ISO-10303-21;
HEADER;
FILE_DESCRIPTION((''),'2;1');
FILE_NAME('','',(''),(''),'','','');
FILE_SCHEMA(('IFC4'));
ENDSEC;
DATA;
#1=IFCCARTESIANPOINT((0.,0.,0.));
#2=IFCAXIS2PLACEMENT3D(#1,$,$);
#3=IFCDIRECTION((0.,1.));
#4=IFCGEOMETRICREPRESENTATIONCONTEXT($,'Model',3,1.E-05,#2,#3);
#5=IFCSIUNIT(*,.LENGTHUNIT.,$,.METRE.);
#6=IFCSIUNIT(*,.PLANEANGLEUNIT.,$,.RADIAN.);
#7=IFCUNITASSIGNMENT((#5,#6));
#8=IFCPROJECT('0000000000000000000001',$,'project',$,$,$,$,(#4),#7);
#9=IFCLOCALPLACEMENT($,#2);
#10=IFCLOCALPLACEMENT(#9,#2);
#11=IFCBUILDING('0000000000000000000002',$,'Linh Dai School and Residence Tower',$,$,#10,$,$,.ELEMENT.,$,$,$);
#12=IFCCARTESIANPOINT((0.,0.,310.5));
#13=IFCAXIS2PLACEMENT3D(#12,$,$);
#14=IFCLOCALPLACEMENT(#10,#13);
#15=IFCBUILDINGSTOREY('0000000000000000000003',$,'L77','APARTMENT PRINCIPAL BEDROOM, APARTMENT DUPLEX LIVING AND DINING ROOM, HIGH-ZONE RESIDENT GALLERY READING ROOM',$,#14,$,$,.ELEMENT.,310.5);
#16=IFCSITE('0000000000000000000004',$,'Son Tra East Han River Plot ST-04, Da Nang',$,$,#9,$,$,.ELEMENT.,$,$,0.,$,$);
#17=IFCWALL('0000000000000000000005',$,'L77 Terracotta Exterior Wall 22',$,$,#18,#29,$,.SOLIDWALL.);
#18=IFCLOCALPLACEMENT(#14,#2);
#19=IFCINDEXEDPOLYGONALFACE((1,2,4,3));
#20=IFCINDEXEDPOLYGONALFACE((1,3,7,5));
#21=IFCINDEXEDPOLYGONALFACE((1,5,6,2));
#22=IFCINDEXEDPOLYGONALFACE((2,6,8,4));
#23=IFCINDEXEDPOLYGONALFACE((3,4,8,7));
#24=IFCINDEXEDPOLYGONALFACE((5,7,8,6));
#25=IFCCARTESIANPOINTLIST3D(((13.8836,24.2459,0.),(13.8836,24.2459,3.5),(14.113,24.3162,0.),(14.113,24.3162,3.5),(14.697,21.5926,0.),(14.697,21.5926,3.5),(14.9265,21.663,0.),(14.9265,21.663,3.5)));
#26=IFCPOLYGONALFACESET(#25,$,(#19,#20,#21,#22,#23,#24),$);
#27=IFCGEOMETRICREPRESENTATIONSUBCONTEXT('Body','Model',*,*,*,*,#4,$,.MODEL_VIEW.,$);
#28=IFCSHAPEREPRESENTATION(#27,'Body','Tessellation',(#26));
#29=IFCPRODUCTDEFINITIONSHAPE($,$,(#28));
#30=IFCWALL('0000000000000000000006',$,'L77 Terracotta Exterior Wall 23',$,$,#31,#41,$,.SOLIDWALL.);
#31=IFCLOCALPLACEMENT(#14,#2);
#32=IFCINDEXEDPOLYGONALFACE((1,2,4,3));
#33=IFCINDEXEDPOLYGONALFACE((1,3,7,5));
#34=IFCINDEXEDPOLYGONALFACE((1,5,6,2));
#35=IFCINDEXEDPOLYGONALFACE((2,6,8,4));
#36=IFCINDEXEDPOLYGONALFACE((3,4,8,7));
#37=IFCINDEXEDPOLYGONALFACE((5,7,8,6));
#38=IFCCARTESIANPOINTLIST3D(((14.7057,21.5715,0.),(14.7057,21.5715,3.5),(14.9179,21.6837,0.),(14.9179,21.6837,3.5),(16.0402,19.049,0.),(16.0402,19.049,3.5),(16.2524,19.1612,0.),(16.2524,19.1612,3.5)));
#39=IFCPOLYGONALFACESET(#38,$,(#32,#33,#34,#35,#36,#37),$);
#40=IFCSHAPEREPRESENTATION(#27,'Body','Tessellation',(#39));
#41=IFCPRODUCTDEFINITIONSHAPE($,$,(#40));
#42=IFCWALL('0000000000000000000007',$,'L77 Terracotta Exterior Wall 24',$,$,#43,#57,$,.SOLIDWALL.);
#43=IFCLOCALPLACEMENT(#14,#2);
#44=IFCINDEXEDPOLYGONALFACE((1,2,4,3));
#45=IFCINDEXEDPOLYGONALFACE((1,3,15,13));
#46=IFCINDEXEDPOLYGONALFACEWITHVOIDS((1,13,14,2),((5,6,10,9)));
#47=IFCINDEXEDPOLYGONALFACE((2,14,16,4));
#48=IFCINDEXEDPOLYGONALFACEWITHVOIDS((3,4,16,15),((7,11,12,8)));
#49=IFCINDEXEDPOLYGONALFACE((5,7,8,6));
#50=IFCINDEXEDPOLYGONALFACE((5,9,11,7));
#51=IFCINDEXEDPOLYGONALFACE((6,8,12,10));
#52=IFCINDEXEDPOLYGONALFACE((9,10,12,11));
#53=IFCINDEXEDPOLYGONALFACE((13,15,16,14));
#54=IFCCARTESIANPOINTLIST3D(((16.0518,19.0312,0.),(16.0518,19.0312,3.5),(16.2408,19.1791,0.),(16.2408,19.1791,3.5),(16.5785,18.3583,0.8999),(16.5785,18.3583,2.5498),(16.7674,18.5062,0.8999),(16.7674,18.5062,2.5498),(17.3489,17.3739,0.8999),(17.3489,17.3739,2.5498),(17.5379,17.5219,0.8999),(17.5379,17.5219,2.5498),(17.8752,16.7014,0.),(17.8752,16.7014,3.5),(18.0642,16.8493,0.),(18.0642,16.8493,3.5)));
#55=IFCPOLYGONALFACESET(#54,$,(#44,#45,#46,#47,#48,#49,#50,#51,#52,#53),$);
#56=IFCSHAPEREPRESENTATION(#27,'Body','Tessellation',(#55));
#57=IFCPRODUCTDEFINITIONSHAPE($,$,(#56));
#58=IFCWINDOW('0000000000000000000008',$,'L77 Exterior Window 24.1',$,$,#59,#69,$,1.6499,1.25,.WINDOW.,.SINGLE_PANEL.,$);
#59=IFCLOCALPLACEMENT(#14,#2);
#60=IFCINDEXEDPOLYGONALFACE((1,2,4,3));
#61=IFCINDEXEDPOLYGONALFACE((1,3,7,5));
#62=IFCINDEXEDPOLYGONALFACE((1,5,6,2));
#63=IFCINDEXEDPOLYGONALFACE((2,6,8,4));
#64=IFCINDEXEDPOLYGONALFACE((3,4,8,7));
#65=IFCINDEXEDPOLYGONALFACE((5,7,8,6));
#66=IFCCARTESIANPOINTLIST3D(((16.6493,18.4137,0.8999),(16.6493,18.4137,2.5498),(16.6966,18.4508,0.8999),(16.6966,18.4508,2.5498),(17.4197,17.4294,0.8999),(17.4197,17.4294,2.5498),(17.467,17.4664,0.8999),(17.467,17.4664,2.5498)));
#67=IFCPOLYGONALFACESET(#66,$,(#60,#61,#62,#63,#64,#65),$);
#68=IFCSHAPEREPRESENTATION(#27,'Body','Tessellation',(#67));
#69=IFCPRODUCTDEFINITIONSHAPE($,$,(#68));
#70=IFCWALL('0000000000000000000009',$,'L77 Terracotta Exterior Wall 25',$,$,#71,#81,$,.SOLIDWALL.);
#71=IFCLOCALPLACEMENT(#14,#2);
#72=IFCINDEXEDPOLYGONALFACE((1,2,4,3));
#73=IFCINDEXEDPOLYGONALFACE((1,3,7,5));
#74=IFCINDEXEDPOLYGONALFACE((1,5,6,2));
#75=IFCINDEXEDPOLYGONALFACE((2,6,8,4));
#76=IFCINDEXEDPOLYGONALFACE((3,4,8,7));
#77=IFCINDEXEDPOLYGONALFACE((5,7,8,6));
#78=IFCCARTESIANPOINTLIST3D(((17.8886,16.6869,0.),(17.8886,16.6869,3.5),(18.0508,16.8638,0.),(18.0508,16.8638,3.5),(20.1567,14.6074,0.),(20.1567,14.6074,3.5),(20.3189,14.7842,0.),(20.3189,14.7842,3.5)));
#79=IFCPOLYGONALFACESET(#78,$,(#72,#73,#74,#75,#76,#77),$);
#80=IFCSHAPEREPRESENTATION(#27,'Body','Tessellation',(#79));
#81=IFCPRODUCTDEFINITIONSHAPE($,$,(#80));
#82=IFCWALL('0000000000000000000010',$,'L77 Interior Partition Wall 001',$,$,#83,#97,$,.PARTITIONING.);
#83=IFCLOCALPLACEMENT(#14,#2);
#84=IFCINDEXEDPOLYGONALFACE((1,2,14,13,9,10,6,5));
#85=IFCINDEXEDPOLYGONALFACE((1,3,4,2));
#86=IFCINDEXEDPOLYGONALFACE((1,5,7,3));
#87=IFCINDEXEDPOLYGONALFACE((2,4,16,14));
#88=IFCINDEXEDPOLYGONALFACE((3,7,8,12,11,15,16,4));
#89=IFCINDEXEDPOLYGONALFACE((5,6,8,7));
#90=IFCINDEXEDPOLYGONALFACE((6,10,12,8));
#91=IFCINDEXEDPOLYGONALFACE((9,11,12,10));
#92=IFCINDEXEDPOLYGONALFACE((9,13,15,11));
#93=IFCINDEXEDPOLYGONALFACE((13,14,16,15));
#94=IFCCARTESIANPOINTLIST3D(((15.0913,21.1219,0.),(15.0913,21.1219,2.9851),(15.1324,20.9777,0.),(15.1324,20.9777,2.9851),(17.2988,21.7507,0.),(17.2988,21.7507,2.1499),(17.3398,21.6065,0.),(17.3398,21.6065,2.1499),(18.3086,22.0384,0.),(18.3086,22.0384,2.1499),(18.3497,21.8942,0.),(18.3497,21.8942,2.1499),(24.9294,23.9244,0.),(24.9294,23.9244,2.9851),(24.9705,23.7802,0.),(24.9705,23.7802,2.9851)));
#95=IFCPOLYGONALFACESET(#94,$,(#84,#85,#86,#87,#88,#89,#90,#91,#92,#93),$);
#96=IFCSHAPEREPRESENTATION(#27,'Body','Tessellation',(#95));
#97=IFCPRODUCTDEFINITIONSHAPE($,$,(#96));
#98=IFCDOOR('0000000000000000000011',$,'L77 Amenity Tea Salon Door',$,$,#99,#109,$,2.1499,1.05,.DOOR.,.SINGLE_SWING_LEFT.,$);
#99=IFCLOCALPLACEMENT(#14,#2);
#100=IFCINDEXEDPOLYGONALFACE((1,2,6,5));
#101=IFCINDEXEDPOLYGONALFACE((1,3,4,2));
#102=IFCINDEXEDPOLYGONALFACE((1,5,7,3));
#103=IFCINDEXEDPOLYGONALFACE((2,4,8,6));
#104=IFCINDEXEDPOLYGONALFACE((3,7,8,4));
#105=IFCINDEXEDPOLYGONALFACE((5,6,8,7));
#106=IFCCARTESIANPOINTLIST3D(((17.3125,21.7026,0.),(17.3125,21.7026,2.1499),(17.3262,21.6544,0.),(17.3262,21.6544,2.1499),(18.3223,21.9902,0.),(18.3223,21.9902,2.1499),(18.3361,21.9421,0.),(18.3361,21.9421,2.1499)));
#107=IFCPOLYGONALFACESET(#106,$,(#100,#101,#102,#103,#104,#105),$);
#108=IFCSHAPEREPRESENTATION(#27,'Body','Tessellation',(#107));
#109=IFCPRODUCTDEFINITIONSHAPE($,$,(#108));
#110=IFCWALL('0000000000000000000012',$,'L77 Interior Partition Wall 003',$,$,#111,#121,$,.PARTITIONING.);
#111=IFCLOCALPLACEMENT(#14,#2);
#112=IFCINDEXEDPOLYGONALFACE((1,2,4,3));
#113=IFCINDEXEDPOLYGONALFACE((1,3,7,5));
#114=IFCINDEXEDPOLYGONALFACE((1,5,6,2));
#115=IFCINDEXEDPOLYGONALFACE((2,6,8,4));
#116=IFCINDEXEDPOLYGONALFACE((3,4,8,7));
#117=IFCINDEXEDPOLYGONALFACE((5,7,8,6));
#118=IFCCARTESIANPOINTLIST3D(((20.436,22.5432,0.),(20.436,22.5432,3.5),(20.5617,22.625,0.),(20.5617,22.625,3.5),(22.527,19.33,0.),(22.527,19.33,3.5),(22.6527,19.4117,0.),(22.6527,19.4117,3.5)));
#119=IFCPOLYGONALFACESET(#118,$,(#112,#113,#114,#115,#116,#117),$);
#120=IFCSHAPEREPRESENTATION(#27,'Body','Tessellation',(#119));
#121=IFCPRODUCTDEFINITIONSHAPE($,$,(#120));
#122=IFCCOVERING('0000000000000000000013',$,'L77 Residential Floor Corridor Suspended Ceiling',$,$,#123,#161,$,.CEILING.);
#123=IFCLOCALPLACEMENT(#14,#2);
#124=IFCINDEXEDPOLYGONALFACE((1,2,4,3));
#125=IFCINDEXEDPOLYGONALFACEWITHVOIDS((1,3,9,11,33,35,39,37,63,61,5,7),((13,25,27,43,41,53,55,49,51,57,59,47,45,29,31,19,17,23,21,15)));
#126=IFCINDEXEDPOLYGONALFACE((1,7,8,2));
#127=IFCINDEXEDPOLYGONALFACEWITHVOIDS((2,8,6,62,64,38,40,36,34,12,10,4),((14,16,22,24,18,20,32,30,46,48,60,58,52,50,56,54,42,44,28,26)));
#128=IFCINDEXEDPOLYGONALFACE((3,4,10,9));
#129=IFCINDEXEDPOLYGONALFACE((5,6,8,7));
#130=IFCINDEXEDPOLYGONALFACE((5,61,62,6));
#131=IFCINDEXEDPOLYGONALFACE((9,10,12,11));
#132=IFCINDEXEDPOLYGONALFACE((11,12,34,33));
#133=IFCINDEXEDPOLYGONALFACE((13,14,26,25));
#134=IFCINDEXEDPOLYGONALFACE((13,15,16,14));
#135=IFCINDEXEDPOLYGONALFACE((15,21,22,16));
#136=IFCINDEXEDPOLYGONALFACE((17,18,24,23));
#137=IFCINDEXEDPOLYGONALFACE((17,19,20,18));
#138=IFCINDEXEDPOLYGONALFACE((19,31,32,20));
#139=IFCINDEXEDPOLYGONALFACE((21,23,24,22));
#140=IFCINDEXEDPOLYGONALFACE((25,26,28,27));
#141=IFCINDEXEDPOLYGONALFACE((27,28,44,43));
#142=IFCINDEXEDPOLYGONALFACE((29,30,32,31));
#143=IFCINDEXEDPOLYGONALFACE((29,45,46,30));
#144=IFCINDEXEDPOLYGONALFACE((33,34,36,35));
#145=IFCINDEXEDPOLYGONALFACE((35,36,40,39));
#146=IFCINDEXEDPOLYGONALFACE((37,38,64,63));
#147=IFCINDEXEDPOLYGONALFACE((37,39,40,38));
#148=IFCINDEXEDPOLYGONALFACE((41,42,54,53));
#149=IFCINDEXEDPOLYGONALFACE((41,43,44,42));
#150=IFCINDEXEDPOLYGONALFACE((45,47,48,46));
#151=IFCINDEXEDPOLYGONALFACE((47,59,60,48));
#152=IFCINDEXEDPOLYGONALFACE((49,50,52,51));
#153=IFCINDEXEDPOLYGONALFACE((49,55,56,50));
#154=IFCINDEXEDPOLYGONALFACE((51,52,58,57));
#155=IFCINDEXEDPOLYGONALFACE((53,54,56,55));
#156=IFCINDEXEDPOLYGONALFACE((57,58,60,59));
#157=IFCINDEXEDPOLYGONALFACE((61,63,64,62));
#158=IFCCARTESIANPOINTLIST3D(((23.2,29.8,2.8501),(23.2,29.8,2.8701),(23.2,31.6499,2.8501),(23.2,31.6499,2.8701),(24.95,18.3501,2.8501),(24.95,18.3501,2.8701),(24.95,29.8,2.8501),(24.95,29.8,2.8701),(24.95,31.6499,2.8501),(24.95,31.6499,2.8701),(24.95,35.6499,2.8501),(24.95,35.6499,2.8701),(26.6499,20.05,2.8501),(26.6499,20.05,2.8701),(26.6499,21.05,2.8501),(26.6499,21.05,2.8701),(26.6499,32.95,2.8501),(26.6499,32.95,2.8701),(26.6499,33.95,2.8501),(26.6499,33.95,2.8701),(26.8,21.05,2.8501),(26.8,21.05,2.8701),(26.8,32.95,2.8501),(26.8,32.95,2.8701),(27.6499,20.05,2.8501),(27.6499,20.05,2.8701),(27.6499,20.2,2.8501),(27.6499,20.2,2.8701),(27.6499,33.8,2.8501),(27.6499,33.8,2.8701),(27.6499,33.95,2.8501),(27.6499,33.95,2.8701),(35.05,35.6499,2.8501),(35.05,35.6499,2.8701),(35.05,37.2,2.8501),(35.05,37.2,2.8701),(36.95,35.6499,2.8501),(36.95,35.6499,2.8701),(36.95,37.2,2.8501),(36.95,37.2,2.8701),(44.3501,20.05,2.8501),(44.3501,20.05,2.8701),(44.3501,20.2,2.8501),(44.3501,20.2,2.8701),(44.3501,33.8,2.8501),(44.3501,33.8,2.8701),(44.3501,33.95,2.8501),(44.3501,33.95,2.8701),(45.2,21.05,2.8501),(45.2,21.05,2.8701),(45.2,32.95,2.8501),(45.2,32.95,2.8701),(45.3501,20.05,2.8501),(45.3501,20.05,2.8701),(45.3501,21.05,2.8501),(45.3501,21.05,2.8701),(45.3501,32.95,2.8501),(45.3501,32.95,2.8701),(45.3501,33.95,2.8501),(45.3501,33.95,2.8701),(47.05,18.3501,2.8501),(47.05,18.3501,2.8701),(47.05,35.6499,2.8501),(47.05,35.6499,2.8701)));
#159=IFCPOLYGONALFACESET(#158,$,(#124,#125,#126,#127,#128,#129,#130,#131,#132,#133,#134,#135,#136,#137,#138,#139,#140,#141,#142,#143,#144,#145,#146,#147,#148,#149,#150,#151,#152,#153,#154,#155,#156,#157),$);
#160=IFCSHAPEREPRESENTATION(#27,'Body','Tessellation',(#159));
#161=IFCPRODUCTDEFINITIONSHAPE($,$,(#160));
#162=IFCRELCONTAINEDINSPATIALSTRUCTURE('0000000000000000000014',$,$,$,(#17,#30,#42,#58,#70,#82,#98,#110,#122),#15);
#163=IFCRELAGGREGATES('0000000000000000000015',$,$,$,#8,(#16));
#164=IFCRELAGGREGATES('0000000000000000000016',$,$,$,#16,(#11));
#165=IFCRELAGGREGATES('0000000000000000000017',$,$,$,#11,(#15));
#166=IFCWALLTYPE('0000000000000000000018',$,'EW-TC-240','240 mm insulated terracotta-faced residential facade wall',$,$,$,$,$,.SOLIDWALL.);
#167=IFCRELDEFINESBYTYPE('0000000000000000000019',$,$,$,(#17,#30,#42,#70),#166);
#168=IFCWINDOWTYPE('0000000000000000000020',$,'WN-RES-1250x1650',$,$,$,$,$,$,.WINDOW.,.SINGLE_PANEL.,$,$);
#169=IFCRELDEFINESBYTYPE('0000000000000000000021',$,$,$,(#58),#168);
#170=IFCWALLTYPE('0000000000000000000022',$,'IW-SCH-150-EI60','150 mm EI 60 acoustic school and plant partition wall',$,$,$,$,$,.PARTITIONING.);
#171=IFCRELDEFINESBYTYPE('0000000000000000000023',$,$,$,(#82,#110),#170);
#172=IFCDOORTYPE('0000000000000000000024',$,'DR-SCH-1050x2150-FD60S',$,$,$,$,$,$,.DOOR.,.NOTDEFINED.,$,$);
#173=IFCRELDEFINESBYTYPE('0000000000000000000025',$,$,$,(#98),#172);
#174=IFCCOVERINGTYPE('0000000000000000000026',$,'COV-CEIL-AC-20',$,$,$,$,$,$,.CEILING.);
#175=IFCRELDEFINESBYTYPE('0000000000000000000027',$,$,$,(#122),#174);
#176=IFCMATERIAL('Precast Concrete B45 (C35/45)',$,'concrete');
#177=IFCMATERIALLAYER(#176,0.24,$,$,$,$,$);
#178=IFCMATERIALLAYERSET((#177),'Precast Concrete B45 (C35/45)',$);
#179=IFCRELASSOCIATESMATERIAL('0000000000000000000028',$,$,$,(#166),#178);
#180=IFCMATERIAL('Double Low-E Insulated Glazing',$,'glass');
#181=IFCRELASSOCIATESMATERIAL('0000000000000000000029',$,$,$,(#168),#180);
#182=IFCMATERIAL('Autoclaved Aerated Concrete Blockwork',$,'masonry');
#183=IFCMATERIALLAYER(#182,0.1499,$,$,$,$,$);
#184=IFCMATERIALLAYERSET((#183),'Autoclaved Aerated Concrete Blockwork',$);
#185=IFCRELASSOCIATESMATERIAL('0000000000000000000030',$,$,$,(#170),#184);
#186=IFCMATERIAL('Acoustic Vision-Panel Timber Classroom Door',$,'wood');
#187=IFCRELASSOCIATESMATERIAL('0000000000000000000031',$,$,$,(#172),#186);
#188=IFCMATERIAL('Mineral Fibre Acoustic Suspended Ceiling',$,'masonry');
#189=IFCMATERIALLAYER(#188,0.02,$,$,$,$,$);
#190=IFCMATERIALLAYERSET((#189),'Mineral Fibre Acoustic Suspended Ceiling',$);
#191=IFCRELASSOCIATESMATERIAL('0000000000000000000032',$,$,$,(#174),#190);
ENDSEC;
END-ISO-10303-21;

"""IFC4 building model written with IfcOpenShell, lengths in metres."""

from ifc_helpers import new_model, si_unit, direction, frame, frame_2d, origin, origin_2d, place, context, subcontext, project, spatial, polyline, rectangle, outline, extrude, source, transform, mapped, material, layer, layer_set, type_object, element, fill, save


model = new_model("IFC4")

# Units and contexts
model_context = context("Model", 3, precision=1e-05, world=origin(), true_north=direction((0.0, 1.0)))
body_context = subcontext(model_context, "Body", "Model", "MODEL_VIEW")
ifc_project = project(units=[si_unit("LENGTHUNIT", "METRE"), si_unit("PLANEANGLEUNIT", "RADIAN")], contexts=[model_context])

# Site, building, storey
site_placement = place(None, origin())
site = spatial("IfcSite", under=ifc_project, at=site_placement, Name="Son Tra East Han River Plot ST-04, Da Nang", CompositionType="ELEMENT", RefElevation=0.0)
building_placement = place(site_placement, origin())
building = spatial("IfcBuilding", under=site, at=building_placement, Name="Linh Dai School and Residence Tower", CompositionType="ELEMENT")
storey_placement = place(building_placement, frame((0.0, 0.0, 310.5)))
storey = spatial("IfcBuildingStorey", under=building, at=storey_placement, Name="L77", Description="APARTMENT PRINCIPAL BEDROOM, APARTMENT DUPLEX LIVING AND DINING ROOM, HIGH-ZONE RESIDENT GALLERY READING ROOM", CompositionType="ELEMENT", Elevation=310.5)

# Shared definitions
ifc_material_1 = material(Name="Precast Concrete B45 (C35/45)", Category="concrete")

# Walls
ifc_layer_1 = layer(ifc_material_1, 0.24)
ifc_layer_set_1 = layer_set([ifc_layer_1], Name="Precast Concrete B45 (C35/45)")
wall_type_1 = type_object("IfcWallType", Name="EW-TC-240", Description="240 mm insulated terracotta-faced residential facade wall", PredefinedType="SOLIDWALL", material=ifc_layer_set_1)
wall_1_placement = place(storey_placement, frame((14.8118, 21.6277, 0.0), z_axis=(0.0, 0.0, 1.0), x_axis=(-0.293121, 0.956075, 0.0)))
element("IfcWall", 1, at=wall_1_placement, inside=storey, type_object=wall_type_1, Name="L77 Terracotta Exterior Wall 22", PredefinedType="SOLIDWALL", context=body_context, shape_type="SweptSolid", body=[
    extrude(rectangle(XDim=2.7751, YDim=0.24, at=frame_2d((1.3877, 0.0))), origin(), (0.0, 0.0, 1.0), 3.5),
])
wall_2_placement = place(storey_placement, frame((16.1462, 19.1052, 0.0), z_axis=(0.0, 0.0, 1.0), x_axis=(-0.467628, 0.883925, 0.0)))
element("IfcWall", 2, at=wall_2_placement, inside=storey, type_object=wall_type_1, Name="L77 Terracotta Exterior Wall 23", PredefinedType="SOLIDWALL", context=body_context, shape_type="SweptSolid", body=[
    extrude(rectangle(XDim=2.8538, YDim=0.24, at=frame_2d((1.4268, 0.0))), origin(), (0.0, 0.0, 1.0), 3.5),
])

# Wall, opening, window
wall_3_placement = place(storey_placement, frame((17.9697, 16.7754, 0.0), z_axis=(0.0, 0.0, 1.0), x_axis=(-0.616337, 0.787482, 0.0)))
wall_3 = element("IfcWall", 3, at=wall_3_placement, inside=storey, type_object=wall_type_1, Name="L77 Terracotta Exterior Wall 24", PredefinedType="SOLIDWALL", context=body_context, shape_type="SweptSolid", body=[
    extrude(rectangle(XDim=2.9585, YDim=0.24, at=frame_2d((1.4792, 0.0))), origin(), (0.0, 0.0, 1.0), 3.5),
])
opening_1_placement = place(wall_3_placement, frame((0.854, 0.0, 0.8999)))
opening_1 = element("IfcOpeningElement", 4, at=opening_1_placement, cuts=wall_3, PredefinedType="OPENING", context=body_context, shape_type="SweptSolid", body=[
    extrude(rectangle(XDim=1.25, YDim=1.6499, at=origin_2d()), frame((0.625, 0.1299, 0.825), z_axis=(0.0, -1.0, 0.0), x_axis=(1.0, 0.0, 0.0)), (0.0, 0.0, 1.0), 0.26),
])
ifc_material_2 = material(Name="Double Low-E Insulated Glazing", Category="glass")
window_type = type_object("IfcWindowType", Name="WN-RES-1250x1650", PartitioningType="SINGLE_PANEL", PredefinedType="WINDOW", material=ifc_material_2)
shared_shape_1 = source(origin(), body_context, "Body", "SweptSolid", [
    extrude(rectangle(XDim=1.25, YDim=1.6499, at=origin_2d()), frame((0.625, 0.03, 0.825), z_axis=(0.0, -1.0, 0.0), x_axis=(1.0, 0.0, 0.0)), (0.0, 0.0, 1.0), 0.0601),
])
window_placement = place(opening_1_placement, origin())
window = element("IfcWindow", 5, at=window_placement, inside=storey, type_object=window_type, Name="L77 Exterior Window 24.1", OverallHeight=1.6499, OverallWidth=1.25, PartitioningType="SINGLE_PANEL", PredefinedType="WINDOW", context=body_context, shape_type="MappedRepresentation", body=[
    mapped(shared_shape_1, transform((0.0, 0.0, 0.0), x_axis=(1.0, 0.0, 0.0), y_axis=(0.0, 1.0, 0.0), z_axis=(0.0, 0.0, 1.0), scale=1.0)),
])
fill(opening_1, window)

# Wall
wall_4_placement = place(storey_placement, frame((20.2378, 14.6958, 0.0), z_axis=(0.0, 0.0, 1.0), x_axis=(-0.737069, 0.675818, 0.0)))
element("IfcWall", 6, at=wall_4_placement, inside=storey, type_object=wall_type_1, Name="L77 Terracotta Exterior Wall 25", PredefinedType="SOLIDWALL", context=body_context, shape_type="SweptSolid", body=[
    extrude(rectangle(XDim=3.0771, YDim=0.24, at=frame_2d((1.5386, 0.0))), origin(), (0.0, 0.0, 1.0), 3.5),
])

# Wall, opening, door
ifc_material_3 = material(Name="Autoclaved Aerated Concrete Blockwork", Category="masonry")
ifc_layer_2 = layer(ifc_material_3, 0.1499)
ifc_layer_set_2 = layer_set([ifc_layer_2], Name="Autoclaved Aerated Concrete Blockwork")
wall_type_2 = type_object("IfcWallType", Name="IW-SCH-150-EI60", Description="150 mm EI 60 acoustic school and plant partition wall", PredefinedType="PARTITIONING", material=ifc_layer_set_2)
wall_5_placement = place(storey_placement, frame((15.1118, 21.0498, 0.0), z_axis=(0.0, 0.0, 1.0), x_axis=(0.961741, 0.273961, 0.0)))
wall_5 = element("IfcWall", 7, at=wall_5_placement, inside=storey, type_object=wall_type_2, Name="L77 Interior Partition Wall 001", PredefinedType="PARTITIONING", context=body_context, shape_type="SweptSolid", body=[
    extrude(rectangle(XDim=10.2295, YDim=0.1499, at=frame_2d((5.1147, 0.0))), origin(), (0.0, 0.0, 1.0), 2.9851),
])
opening_2_placement = place(wall_5_placement, frame((2.2954, 0.0, 0.0)))
opening_2 = element("IfcOpeningElement", 8, at=opening_2_placement, cuts=wall_5, PredefinedType="OPENING", context=body_context, shape_type="SweptSolid", body=[
    extrude(rectangle(XDim=1.05, YDim=2.1499, at=origin_2d()), frame((0.5249, 0.085, 1.075), z_axis=(0.0, -1.0, 0.0), x_axis=(1.0, 0.0, 0.0)), (0.0, 0.0, 1.0), 0.1699),
])
ifc_material_4 = material(Name="Acoustic Vision-Panel Timber Classroom Door", Category="wood")
door_type = type_object("IfcDoorType", Name="DR-SCH-1050x2150-FD60S", OperationType="NOTDEFINED", PredefinedType="DOOR", material=ifc_material_4)
shared_shape_2 = source(origin(), body_context, "Body", "SweptSolid", [
    extrude(rectangle(XDim=1.05, YDim=2.1499, at=origin_2d()), frame((0.5249, 0.0249, 1.075), z_axis=(0.0, -1.0, 0.0), x_axis=(1.0, 0.0, 0.0)), (0.0, 0.0, 1.0), 0.05),
])
door_placement = place(opening_2_placement, origin())
door = element("IfcDoor", 9, at=door_placement, inside=storey, type_object=door_type, Name="L77 Amenity Tea Salon Door", OperationType="SINGLE_SWING_LEFT", OverallHeight=2.1499, OverallWidth=1.05, PredefinedType="DOOR", context=body_context, shape_type="MappedRepresentation", body=[
    mapped(shared_shape_2, transform((0.0, 0.0, 0.0), x_axis=(1.0, 0.0, 0.0), y_axis=(0.0, 1.0, 0.0), z_axis=(0.0, 0.0, 1.0), scale=1.0)),
])
fill(opening_2, door)

# Wall
wall_6_placement = place(storey_placement, frame((20.4988, 22.5842, 0.0), z_axis=(0.0, 0.0, 1.0), x_axis=(0.545423, -0.838161, 0.0)))
element("IfcWall", 10, at=wall_6_placement, inside=storey, type_object=wall_type_2, Name="L77 Interior Partition Wall 003", PredefinedType="PARTITIONING", context=body_context, shape_type="SweptSolid", body=[
    extrude(rectangle(XDim=3.8337, YDim=0.1499, at=frame_2d((1.917, 0.0))), origin(), (0.0, 0.0, 1.0), 3.5),
])

# Covering
ifc_material_5 = material(Name="Mineral Fibre Acoustic Suspended Ceiling", Category="masonry")
ifc_layer_3 = layer(ifc_material_5, 0.02)
ifc_layer_set_3 = layer_set([ifc_layer_3], Name="Mineral Fibre Acoustic Suspended Ceiling")
covering_type_1 = type_object("IfcCoveringType", Name="COV-CEIL-AC-20", PredefinedType="CEILING", material=ifc_layer_set_3)
covering_1_placement = place(storey_placement, frame((0.0, 0.0, 2.8501)))
element("IfcCovering", 11, at=covering_1_placement, inside=storey, type_object=covering_type_1, Name="L77 Residential Floor Corridor Suspended Ceiling", PredefinedType="CEILING", context=body_context, shape_type="SweptSolid", body=[
    extrude(outline(polyline([(23.2, 31.6499), (24.95, 31.6499), (24.95, 35.6499), (35.05, 35.6499), (35.05, 37.2), (36.95, 37.2), (36.95, 35.6499), (47.05, 35.6499), (47.05, 18.3501), (24.95, 18.3501), (24.95, 29.8), (23.2, 29.8), (23.2, 31.6499)]), holes=[polyline([(27.6499, 33.8), (27.6499, 33.95), (26.6499, 33.95), (26.6499, 32.95), (26.8, 32.95), (26.8, 21.05), (26.6499, 21.05), (26.6499, 20.05), (27.6499, 20.05), (27.6499, 20.2), (44.3501, 20.2), (44.3501, 20.05), (45.3501, 20.05), (45.3501, 21.05), (45.2, 21.05), (45.2, 32.95), (45.3501, 32.95), (45.3501, 33.95), (44.3501, 33.95), (44.3501, 33.8), (27.6499, 33.8)])]), origin(), (0.0, 0.0, 1.0), 0.02),
])

save(model, "model.ifc")
